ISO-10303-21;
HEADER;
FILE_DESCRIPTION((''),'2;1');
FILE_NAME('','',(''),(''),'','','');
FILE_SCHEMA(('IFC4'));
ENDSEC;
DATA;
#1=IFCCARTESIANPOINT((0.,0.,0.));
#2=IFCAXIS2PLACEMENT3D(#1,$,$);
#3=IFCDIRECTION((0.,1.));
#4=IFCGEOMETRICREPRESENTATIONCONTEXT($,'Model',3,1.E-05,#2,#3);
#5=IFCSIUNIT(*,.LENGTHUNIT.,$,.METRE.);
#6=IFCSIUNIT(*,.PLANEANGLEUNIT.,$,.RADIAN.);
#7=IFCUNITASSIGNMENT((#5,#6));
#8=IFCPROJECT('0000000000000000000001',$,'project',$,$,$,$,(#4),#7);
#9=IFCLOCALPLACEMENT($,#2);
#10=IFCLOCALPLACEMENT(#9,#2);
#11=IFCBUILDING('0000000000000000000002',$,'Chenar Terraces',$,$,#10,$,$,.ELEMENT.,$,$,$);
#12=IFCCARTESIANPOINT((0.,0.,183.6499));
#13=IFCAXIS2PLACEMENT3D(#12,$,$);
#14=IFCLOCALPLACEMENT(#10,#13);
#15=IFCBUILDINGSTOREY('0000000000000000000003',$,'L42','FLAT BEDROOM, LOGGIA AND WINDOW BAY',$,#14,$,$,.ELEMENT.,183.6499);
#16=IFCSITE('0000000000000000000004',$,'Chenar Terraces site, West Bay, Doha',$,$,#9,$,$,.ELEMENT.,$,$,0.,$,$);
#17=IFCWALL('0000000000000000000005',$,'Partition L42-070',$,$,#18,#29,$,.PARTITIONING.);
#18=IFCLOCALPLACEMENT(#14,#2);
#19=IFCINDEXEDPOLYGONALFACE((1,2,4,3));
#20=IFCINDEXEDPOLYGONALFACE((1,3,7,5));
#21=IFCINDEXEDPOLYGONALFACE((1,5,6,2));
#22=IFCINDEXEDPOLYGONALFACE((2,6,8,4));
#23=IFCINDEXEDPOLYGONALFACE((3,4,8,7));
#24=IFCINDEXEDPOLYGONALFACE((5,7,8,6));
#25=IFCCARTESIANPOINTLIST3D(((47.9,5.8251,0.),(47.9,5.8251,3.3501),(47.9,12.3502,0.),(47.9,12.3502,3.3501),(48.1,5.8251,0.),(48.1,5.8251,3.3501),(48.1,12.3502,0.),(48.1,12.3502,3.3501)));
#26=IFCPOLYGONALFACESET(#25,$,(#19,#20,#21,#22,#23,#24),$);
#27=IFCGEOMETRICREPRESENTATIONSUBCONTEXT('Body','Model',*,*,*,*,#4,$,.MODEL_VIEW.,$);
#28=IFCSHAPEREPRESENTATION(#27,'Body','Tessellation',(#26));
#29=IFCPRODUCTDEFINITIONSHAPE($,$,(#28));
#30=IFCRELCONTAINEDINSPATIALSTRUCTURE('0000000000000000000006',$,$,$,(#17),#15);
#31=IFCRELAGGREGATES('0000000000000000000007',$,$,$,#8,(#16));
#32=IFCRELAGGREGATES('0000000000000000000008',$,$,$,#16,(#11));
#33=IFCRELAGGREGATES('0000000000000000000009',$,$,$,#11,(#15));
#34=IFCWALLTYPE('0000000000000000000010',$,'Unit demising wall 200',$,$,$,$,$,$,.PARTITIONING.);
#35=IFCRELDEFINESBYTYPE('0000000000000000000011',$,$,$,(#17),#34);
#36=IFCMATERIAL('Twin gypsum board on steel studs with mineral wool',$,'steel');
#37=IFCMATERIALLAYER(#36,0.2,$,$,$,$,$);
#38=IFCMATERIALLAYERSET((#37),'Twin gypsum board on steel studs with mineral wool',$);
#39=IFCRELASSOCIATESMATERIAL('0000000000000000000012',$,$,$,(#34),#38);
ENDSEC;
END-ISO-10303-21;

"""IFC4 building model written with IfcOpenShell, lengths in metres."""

from ifc_helpers import new_model, si_unit, direction, frame, frame_2d, origin, place, context, subcontext, project, spatial, rectangle, extrude, material, layer, layer_set, type_object, element, save


model = new_model("IFC4")

# Units and contexts
model_context = context("Model", 3, precision=1e-05, world=origin(), true_north=direction((0.0, 1.0)))
body_context = subcontext(model_context, "Body", "Model", "MODEL_VIEW")
ifc_project = project(units=[si_unit("LENGTHUNIT", "METRE"), si_unit("PLANEANGLEUNIT", "RADIAN")], contexts=[model_context])

# Site, building, storey
site_placement = place(None, origin())
site = spatial("IfcSite", under=ifc_project, at=site_placement, Name="Chenar Terraces site, West Bay, Doha", CompositionType="ELEMENT", RefElevation=0.0)
building_placement = place(site_placement, origin())
building = spatial("IfcBuilding", under=site, at=building_placement, Name="Chenar Terraces", CompositionType="ELEMENT")
storey_placement = place(building_placement, frame((0.0, 0.0, 183.6499)))
storey = spatial("IfcBuildingStorey", under=building, at=storey_placement, Name="L42", Description="FLAT BEDROOM, LOGGIA AND WINDOW BAY", CompositionType="ELEMENT", Elevation=183.6499)

# Wall
ifc_material_1 = material(Name="Twin gypsum board on steel studs with mineral wool", Category="steel")
ifc_layer_1 = layer(ifc_material_1, 0.2)
ifc_layer_set_1 = layer_set([ifc_layer_1], Name="Twin gypsum board on steel studs with mineral wool")
wall_type_1 = type_object("IfcWallType", Name="Unit demising wall 200", PredefinedType="PARTITIONING", material=ifc_layer_set_1)
wall_1_placement = place(storey_placement, frame((48.0, 5.825, 0.0), z_axis=(0.0, 0.0, 1.0), x_axis=(0.0, 1.0, 0.0)))
element("IfcWall", 1, at=wall_1_placement, inside=storey, type_object=wall_type_1, Name="Partition L42-070", PredefinedType="PARTITIONING", context=body_context, shape_type="SweptSolid", body=[
    extrude(rectangle(XDim=6.5251, YDim=0.2, at=frame_2d((3.2627, 0.0))), origin(), (0.0, 0.0, 1.0), 3.3501),
])

save(model, "model.ifc")
